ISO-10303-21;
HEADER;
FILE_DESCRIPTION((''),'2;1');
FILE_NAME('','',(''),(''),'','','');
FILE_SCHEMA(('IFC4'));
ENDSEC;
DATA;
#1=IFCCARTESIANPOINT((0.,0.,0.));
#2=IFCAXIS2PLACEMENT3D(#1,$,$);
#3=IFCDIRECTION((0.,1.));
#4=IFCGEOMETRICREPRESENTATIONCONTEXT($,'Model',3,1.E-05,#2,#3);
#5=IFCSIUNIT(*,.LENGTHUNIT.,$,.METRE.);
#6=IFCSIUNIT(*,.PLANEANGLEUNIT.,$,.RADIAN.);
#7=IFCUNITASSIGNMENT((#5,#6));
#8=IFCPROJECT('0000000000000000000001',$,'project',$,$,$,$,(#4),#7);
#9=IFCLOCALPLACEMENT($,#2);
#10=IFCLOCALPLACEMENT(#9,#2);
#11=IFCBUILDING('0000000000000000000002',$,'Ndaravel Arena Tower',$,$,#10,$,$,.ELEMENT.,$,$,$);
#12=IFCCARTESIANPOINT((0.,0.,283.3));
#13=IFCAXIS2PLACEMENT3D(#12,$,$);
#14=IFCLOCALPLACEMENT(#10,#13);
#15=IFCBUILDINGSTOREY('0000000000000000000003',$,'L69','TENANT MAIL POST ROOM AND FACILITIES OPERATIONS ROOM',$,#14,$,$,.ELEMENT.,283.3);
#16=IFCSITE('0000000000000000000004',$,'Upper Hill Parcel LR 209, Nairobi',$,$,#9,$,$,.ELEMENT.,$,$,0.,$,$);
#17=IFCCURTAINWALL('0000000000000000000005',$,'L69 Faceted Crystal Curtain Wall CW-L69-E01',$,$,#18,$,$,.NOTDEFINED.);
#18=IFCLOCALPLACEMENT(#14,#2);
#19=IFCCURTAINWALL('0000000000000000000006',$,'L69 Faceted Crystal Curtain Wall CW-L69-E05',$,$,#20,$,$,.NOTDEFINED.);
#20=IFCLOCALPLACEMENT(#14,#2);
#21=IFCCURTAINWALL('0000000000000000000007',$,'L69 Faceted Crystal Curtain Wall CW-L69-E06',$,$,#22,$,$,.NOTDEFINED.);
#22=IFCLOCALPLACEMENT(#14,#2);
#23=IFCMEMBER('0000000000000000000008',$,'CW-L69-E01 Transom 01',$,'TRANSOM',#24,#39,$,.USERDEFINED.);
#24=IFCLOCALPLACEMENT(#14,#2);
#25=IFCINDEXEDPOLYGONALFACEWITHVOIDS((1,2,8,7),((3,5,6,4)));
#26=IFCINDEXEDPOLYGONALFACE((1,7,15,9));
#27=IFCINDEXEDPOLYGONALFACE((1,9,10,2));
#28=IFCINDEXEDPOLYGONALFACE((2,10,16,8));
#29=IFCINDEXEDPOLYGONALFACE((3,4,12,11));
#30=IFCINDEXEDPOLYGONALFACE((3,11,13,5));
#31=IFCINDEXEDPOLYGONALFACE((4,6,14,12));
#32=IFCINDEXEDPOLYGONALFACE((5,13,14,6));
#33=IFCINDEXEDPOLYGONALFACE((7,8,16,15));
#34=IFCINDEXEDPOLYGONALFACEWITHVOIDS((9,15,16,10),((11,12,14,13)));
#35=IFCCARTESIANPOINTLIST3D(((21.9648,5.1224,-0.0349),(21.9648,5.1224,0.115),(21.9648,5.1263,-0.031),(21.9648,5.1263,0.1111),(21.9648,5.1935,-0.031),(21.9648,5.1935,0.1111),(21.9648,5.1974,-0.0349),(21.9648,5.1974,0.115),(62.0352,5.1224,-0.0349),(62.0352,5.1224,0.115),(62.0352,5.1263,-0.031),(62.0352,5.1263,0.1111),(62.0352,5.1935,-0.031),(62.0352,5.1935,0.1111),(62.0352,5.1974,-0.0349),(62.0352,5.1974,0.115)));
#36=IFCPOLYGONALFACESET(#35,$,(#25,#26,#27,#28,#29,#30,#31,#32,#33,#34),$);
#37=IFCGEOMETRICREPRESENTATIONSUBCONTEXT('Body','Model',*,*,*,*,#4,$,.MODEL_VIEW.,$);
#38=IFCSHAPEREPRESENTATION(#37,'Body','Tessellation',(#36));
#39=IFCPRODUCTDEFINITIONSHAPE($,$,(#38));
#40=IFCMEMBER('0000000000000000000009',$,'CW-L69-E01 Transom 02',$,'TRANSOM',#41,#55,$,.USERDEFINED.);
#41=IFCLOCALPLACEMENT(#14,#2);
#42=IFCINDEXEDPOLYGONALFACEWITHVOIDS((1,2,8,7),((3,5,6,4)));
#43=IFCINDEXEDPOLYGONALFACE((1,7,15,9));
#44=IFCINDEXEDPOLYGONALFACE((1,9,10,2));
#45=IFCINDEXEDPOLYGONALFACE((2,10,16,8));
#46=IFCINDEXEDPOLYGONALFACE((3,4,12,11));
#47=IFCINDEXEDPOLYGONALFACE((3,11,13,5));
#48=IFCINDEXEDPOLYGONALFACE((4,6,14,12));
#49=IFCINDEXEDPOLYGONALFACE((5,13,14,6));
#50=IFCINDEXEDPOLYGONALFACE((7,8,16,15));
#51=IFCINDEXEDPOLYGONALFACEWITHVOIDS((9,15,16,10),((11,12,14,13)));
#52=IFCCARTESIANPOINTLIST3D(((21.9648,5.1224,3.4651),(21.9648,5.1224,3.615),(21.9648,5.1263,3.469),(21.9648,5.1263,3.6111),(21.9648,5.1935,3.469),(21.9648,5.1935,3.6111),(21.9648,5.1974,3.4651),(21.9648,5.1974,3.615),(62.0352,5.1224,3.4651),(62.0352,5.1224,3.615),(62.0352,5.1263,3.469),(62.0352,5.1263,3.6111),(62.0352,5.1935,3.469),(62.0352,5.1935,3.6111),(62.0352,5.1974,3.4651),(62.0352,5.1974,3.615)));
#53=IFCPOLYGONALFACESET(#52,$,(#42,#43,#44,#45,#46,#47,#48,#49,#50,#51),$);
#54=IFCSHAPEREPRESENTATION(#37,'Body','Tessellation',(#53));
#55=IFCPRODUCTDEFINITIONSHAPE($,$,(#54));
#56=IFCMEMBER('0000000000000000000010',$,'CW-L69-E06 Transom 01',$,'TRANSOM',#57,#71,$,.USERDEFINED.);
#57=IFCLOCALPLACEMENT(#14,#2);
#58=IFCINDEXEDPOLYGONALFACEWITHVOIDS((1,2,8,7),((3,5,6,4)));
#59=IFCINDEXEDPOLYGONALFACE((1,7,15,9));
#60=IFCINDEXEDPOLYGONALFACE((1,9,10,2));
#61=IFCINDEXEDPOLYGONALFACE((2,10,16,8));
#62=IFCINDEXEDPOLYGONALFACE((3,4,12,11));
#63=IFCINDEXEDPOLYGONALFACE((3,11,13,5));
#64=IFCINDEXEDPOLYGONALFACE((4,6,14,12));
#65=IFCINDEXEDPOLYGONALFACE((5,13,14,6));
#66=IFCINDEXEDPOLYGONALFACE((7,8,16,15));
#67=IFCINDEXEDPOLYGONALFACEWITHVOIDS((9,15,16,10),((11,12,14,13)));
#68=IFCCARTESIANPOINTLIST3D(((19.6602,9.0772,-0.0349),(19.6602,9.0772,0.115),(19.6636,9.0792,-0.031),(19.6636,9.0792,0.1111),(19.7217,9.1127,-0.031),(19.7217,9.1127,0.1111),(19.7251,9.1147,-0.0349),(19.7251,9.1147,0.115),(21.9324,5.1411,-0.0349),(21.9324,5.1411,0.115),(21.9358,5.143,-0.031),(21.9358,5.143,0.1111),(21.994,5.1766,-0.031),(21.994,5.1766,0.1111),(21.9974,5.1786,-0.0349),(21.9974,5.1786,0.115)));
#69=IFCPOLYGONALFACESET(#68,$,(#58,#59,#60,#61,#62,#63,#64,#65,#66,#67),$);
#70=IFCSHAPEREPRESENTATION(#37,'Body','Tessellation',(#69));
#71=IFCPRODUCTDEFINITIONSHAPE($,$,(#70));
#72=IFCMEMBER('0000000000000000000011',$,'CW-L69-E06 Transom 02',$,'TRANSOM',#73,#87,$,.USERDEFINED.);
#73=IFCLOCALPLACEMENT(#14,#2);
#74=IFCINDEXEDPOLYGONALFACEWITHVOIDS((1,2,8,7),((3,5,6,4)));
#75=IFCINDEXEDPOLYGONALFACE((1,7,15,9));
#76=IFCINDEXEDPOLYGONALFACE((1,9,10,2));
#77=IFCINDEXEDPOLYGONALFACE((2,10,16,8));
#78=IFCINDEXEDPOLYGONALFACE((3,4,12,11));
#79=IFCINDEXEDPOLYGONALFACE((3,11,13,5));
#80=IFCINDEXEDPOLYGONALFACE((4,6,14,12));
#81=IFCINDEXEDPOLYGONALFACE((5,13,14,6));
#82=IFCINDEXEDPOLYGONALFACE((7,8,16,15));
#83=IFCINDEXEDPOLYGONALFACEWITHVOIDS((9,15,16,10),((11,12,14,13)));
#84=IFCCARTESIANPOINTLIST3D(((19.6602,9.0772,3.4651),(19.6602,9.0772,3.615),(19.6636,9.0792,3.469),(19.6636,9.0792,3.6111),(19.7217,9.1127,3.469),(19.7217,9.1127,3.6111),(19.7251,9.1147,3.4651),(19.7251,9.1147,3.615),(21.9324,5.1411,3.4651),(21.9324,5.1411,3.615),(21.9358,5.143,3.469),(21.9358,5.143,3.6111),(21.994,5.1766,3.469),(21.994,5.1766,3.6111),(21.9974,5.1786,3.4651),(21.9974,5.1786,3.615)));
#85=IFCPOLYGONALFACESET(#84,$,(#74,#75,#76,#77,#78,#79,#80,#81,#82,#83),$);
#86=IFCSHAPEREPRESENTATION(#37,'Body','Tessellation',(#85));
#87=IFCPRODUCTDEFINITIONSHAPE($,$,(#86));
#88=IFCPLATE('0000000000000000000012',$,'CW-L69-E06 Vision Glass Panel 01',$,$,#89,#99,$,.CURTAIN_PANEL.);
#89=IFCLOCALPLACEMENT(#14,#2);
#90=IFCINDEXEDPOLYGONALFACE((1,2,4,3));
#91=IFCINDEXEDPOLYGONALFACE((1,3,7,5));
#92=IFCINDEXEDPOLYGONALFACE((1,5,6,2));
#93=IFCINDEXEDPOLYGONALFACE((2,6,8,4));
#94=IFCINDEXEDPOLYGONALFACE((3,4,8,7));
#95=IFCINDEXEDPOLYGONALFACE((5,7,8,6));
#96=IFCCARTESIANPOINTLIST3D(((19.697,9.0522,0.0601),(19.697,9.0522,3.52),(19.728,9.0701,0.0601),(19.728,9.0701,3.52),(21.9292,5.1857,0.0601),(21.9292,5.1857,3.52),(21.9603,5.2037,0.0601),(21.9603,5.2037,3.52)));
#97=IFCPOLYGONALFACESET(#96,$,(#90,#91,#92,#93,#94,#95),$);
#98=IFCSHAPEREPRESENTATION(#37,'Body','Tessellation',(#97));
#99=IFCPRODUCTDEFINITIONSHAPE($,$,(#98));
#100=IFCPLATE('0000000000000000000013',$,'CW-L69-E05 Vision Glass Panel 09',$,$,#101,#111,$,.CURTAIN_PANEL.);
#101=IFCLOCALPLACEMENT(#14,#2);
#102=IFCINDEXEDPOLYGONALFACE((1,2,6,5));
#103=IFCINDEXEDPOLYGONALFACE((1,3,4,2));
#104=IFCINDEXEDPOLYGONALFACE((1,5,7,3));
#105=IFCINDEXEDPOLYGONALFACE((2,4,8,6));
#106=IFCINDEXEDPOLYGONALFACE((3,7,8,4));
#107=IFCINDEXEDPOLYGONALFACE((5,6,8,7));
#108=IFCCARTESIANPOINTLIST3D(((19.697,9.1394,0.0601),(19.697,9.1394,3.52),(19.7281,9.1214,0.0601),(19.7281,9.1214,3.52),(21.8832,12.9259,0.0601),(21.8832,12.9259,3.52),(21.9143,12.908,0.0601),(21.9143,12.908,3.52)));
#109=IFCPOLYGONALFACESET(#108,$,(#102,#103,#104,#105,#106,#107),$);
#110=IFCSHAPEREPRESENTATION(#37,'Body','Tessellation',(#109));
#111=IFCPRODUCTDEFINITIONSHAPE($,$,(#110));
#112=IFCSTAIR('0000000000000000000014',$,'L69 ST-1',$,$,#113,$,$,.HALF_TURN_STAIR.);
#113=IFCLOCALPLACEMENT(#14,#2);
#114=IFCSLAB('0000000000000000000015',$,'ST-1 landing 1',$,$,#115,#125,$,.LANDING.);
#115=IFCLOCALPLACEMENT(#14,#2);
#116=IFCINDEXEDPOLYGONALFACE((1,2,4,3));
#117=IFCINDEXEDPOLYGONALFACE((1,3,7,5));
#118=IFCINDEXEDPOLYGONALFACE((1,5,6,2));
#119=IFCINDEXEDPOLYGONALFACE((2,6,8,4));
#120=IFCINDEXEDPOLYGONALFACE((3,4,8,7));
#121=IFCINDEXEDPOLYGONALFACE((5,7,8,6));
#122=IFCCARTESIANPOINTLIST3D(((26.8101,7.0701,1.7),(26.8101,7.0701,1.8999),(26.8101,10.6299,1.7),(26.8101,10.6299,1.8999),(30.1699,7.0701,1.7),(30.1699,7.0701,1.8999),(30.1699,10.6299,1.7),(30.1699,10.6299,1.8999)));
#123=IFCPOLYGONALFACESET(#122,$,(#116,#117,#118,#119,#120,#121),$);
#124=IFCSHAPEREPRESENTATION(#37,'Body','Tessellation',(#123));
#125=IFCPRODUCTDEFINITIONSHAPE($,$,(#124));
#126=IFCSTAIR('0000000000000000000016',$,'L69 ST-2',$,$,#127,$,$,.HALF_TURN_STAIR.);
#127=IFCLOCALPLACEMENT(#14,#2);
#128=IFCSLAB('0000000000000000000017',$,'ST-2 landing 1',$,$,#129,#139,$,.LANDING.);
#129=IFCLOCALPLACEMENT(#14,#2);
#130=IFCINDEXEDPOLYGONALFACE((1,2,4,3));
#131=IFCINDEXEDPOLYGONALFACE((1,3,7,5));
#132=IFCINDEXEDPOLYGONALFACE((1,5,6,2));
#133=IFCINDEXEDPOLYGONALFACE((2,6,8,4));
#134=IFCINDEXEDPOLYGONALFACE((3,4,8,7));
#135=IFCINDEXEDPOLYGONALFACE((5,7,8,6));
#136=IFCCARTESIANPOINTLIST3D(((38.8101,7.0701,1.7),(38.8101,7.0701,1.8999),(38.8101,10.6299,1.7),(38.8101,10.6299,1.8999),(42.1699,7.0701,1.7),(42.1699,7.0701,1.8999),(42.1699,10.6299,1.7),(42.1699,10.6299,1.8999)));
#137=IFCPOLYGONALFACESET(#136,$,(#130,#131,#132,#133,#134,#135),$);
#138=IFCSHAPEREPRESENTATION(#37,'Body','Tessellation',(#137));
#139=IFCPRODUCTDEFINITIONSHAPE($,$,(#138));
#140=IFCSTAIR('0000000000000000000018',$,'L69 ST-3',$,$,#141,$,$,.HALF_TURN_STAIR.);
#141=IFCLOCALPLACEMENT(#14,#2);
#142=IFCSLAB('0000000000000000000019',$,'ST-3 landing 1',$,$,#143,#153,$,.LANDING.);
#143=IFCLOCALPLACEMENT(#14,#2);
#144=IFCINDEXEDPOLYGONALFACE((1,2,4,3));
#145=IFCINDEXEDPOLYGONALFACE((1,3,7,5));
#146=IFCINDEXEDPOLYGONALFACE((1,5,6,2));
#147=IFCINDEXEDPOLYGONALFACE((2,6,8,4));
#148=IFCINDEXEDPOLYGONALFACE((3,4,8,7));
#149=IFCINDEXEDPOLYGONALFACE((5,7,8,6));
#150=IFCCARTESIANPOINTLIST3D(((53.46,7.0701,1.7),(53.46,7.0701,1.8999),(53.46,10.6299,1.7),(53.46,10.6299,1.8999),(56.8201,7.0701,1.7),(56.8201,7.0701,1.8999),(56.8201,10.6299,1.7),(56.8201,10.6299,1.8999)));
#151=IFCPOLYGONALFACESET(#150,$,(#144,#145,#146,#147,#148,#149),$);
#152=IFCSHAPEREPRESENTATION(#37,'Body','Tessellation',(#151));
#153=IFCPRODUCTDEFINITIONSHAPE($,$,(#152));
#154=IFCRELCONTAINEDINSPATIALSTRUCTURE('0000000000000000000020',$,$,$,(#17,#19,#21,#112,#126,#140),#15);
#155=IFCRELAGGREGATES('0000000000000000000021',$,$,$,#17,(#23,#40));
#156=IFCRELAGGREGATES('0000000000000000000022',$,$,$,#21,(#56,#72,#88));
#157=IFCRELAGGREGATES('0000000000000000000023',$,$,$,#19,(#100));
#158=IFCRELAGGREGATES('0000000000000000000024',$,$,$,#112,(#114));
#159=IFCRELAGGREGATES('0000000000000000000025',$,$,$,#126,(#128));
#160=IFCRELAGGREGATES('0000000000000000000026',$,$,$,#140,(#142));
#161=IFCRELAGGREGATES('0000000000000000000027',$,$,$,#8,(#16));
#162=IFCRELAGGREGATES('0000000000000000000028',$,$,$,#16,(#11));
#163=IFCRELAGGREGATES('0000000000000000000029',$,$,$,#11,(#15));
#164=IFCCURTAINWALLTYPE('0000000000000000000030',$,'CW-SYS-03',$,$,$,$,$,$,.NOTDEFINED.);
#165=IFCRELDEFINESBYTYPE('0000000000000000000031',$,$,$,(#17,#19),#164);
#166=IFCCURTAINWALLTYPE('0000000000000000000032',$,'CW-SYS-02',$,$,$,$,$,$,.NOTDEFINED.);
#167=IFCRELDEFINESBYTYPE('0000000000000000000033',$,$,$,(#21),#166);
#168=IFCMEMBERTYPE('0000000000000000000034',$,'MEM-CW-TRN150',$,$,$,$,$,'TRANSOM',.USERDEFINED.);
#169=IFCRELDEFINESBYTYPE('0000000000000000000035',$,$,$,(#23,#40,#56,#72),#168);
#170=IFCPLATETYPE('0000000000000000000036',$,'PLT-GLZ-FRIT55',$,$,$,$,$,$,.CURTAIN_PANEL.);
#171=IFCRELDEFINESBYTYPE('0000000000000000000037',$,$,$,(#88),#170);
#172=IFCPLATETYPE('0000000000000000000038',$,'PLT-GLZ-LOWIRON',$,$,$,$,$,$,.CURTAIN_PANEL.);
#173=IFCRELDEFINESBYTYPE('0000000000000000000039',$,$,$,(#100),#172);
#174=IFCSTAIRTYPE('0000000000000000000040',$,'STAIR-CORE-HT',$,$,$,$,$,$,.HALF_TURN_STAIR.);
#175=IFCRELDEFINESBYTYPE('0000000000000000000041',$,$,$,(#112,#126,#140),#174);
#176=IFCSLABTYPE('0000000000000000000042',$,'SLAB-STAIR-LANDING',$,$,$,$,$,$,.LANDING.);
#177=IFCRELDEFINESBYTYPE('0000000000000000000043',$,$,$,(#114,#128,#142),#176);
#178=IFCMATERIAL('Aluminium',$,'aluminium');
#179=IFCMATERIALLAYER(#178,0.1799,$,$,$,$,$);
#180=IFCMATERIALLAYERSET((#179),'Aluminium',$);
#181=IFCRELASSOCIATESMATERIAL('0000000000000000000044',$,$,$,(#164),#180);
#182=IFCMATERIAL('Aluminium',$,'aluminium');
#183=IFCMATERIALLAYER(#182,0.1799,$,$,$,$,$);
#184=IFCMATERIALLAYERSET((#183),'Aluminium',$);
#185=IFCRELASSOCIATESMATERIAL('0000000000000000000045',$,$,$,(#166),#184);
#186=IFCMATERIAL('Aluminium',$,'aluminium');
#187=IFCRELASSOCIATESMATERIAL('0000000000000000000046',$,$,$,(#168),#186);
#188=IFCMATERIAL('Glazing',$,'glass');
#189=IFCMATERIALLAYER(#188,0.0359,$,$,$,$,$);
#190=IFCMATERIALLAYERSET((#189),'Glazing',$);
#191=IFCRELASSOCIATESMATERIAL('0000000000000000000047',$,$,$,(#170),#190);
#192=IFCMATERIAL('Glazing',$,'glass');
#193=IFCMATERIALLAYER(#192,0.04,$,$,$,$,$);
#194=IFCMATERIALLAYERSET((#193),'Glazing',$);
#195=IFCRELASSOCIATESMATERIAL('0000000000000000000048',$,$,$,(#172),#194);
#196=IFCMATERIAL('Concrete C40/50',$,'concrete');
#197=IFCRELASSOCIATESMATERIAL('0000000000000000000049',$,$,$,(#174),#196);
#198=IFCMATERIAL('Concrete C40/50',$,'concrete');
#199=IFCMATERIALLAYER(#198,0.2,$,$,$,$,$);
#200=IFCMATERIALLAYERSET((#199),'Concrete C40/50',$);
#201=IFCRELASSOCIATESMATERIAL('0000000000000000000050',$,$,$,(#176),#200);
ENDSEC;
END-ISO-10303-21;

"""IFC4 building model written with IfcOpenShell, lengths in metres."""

from ifc_helpers import new_model, si_unit, direction, frame, origin, origin_2d, place, context, subcontext, project, spatial, polyline, rectangle, hollow_rectangle, outline, extrude, material, layer, layer_set, material_profile, profile_set, type_object, element, aggregate, save


model = new_model("IFC4")

# Units and contexts
model_context = context("Model", 3, precision=1e-05, world=origin(), true_north=direction((0.0, 1.0)))
body_context = subcontext(model_context, "Body", "Model", "MODEL_VIEW")
ifc_project = project(units=[si_unit("LENGTHUNIT", "METRE"), si_unit("PLANEANGLEUNIT", "RADIAN")], contexts=[model_context])

# Site, building, storey
site_placement = place(None, origin())
site = spatial("IfcSite", under=ifc_project, at=site_placement, Name="Upper Hill Parcel LR 209, Nairobi", CompositionType="ELEMENT", RefElevation=0.0)
building_placement = place(site_placement, origin())
building = spatial("IfcBuilding", under=site, at=building_placement, Name="Ndaravel Arena Tower", CompositionType="ELEMENT")
storey_placement = place(building_placement, frame((0.0, 0.0, 283.3)))
storey = spatial("IfcBuildingStorey", under=building, at=storey_placement, Name="L69", Description="TENANT MAIL POST ROOM AND FACILITIES OPERATIONS ROOM", CompositionType="ELEMENT", Elevation=283.3)

# Curtain walls
ifc_material_1 = material(Name="Aluminium", Category="aluminium")
ifc_layer_1 = layer(ifc_material_1, 0.1799)
ifc_layer_set_1 = layer_set([ifc_layer_1], Name="Aluminium")
curtain_wall_type_1 = type_object("IfcCurtainWallType", Name="CW-SYS-03", PredefinedType="NOTDEFINED", material=ifc_layer_set_1)
curtain_wall_1_placement = place(storey_placement, origin())
curtain_wall_1 = element("IfcCurtainWall", 1, at=curtain_wall_1_placement, inside=storey, type_object=curtain_wall_type_1, Name="L69 Faceted Crystal Curtain Wall CW-L69-E01", PredefinedType="NOTDEFINED")
curtain_wall_2_placement = place(storey_placement, origin())
curtain_wall_2 = element("IfcCurtainWall", 2, at=curtain_wall_2_placement, inside=storey, type_object=curtain_wall_type_1, Name="L69 Faceted Crystal Curtain Wall CW-L69-E05", PredefinedType="NOTDEFINED")
ifc_material_2 = material(Name="Aluminium", Category="aluminium")
ifc_layer_2 = layer(ifc_material_2, 0.1799)
ifc_layer_set_2 = layer_set([ifc_layer_2], Name="Aluminium")
curtain_wall_type_2 = type_object("IfcCurtainWallType", Name="CW-SYS-02", PredefinedType="NOTDEFINED", material=ifc_layer_set_2)
curtain_wall_3_placement = place(storey_placement, origin())
curtain_wall_3 = element("IfcCurtainWall", 3, at=curtain_wall_3_placement, inside=storey, type_object=curtain_wall_type_2, Name="L69 Faceted Crystal Curtain Wall CW-L69-E06", PredefinedType="NOTDEFINED")

# Members
ifc_material_3 = material(Name="Aluminium", Category="aluminium")
ifc_material_profile_1 = material_profile(ifc_material_3, hollow_rectangle(XDim=0.075, YDim=0.1499, WallThickness=0.0039, at=origin_2d()), Name="CW TRANSOM 75x150x4")
ifc_profile_set_1 = profile_set([ifc_material_profile_1], Name="Aluminium")
member_type_1 = type_object("IfcMemberType", Name="MEM-CW-TRN150", ElementType="TRANSOM", PredefinedType="USERDEFINED", material=ifc_profile_set_1)
member_1_placement = place(storey_placement, frame((21.9648, 5.1599, 0.04), z_axis=(1.0, 0.0, 0.0), x_axis=(0.0, 1.0, 0.0)))
member_1 = element("IfcMember", 4, at=member_1_placement, type_object=member_type_1, Name="CW-L69-E01 Transom 01", ObjectType="TRANSOM", PredefinedType="USERDEFINED", context=body_context, shape_type="SweptSolid", body=[
    extrude(hollow_rectangle(XDim=0.075, YDim=0.1499, WallThickness=0.0039, at=origin_2d()), origin(), (0.0, 0.0, 1.0), 40.0703),
])
member_2_placement = place(storey_placement, frame((21.9648, 5.1599, 3.54), z_axis=(1.0, 0.0, 0.0), x_axis=(0.0, 1.0, 0.0)))
member_2 = element("IfcMember", 5, at=member_2_placement, type_object=member_type_1, Name="CW-L69-E01 Transom 02", ObjectType="TRANSOM", PredefinedType="USERDEFINED", context=body_context, shape_type="SweptSolid", body=[
    extrude(hollow_rectangle(XDim=0.075, YDim=0.1499, WallThickness=0.0039, at=origin_2d()), origin(), (0.0, 0.0, 1.0), 40.0703),
])
aggregate(curtain_wall_1, [member_1, member_2])
member_3_placement = place(storey_placement, frame((19.6926, 9.0959, 0.04), z_axis=(0.499958, -0.86605, 0.0), x_axis=(0.86605, 0.499958, 0.0)))
member_3 = element("IfcMember", 6, at=member_3_placement, type_object=member_type_1, Name="CW-L69-E06 Transom 01", ObjectType="TRANSOM", PredefinedType="USERDEFINED", context=body_context, shape_type="SweptSolid", body=[
    extrude(hollow_rectangle(XDim=0.075, YDim=0.1499, WallThickness=0.0039, at=origin_2d()), origin(), (0.0, 0.0, 1.0), 4.5449),
])
member_4_placement = place(storey_placement, frame((19.6926, 9.0959, 3.54), z_axis=(0.499958, -0.86605, 0.0), x_axis=(0.86605, 0.499958, 0.0)))
member_4 = element("IfcMember", 7, at=member_4_placement, type_object=member_type_1, Name="CW-L69-E06 Transom 02", ObjectType="TRANSOM", PredefinedType="USERDEFINED", context=body_context, shape_type="SweptSolid", body=[
    extrude(hollow_rectangle(XDim=0.075, YDim=0.1499, WallThickness=0.0039, at=origin_2d()), origin(), (0.0, 0.0, 1.0), 4.5449),
])

# Plates
ifc_material_4 = material(Name="Glazing", Category="glass")
ifc_layer_3 = layer(ifc_material_4, 0.0359)
ifc_layer_set_3 = layer_set([ifc_layer_3], Name="Glazing")
plate_type_1 = type_object("IfcPlateType", Name="PLT-GLZ-FRIT55", PredefinedType="CURTAIN_PANEL", material=ifc_layer_set_3)
plate_1_placement = place(storey_placement, frame((20.8286, 7.1279, 0.0601), z_axis=(0.0, 0.0, 1.0), x_axis=(0.499985, -0.866034, 0.0)))
plate_1 = element("IfcPlate", 8, at=plate_1_placement, type_object=plate_type_1, Name="CW-L69-E06 Vision Glass Panel 01", PredefinedType="CURTAIN_PANEL", context=body_context, shape_type="SweptSolid", body=[
    extrude(rectangle(XDim=4.4646, YDim=0.0359, at=origin_2d()), origin(), (0.0, 0.0, 1.0), 3.46),
])
aggregate(curtain_wall_3, [member_3, member_4, plate_1])
ifc_material_5 = material(Name="Glazing", Category="glass")
ifc_layer_4 = layer(ifc_material_5, 0.04)
ifc_layer_set_4 = layer_set([ifc_layer_4], Name="Glazing")
plate_type_2 = type_object("IfcPlateType", Name="PLT-GLZ-LOWIRON", PredefinedType="CURTAIN_PANEL", material=ifc_layer_set_4)
plate_2_placement = place(storey_placement, frame((20.8057, 11.0237, 0.0601), z_axis=(0.0, 0.0, 1.0), x_axis=(-0.5, -0.866025, 0.0)))
plate_2 = element("IfcPlate", 9, at=plate_2_placement, type_object=plate_type_2, Name="CW-L69-E05 Vision Glass Panel 09", PredefinedType="CURTAIN_PANEL", context=body_context, shape_type="SweptSolid", body=[
    extrude(rectangle(XDim=4.3723, YDim=0.0359, at=origin_2d()), origin(), (0.0, 0.0, 1.0), 3.46),
])
aggregate(curtain_wall_2, [plate_2])

# Stairs, slabs
ifc_material_6 = material(Name="Concrete C40/50", Category="concrete")
stair_type = type_object("IfcStairType", Name="STAIR-CORE-HT", PredefinedType="HALF_TURN_STAIR", material=ifc_material_6)
stair_1_placement = place(storey_placement, origin())
stair_1 = element("IfcStair", 10, at=stair_1_placement, inside=storey, type_object=stair_type, Name="L69 ST-1", PredefinedType="HALF_TURN_STAIR")
ifc_material_7 = material(Name="Concrete C40/50", Category="concrete")
ifc_layer_5 = layer(ifc_material_7, 0.2)
ifc_layer_set_5 = layer_set([ifc_layer_5], Name="Concrete C40/50")
slab_type_1 = type_object("IfcSlabType", Name="SLAB-STAIR-LANDING", PredefinedType="LANDING", material=ifc_layer_set_5)
slab_1_placement = place(storey_placement, frame((0.0, 0.0, 1.7)))
slab_1 = element("IfcSlab", 11, at=slab_1_placement, type_object=slab_type_1, Name="ST-1 landing 1", PredefinedType="LANDING", context=body_context, shape_type="SweptSolid", body=[
    extrude(outline(polyline([(26.8101, 10.6299), (26.8101, 7.0701), (30.1699, 7.0701), (30.1699, 10.6299), (26.8101, 10.6299)])), origin(), (0.0, 0.0, 1.0), 0.2),
])
aggregate(stair_1, [slab_1])
stair_2_placement = place(storey_placement, origin())
stair_2 = element("IfcStair", 12, at=stair_2_placement, inside=storey, type_object=stair_type, Name="L69 ST-2", PredefinedType="HALF_TURN_STAIR")
slab_2_placement = place(storey_placement, frame((0.0, 0.0, 1.7)))
slab_2 = element("IfcSlab", 13, at=slab_2_placement, type_object=slab_type_1, Name="ST-2 landing 1", PredefinedType="LANDING", context=body_context, shape_type="SweptSolid", body=[
    extrude(outline(polyline([(38.8101, 10.6299), (38.8101, 7.0701), (42.1699, 7.0701), (42.1699, 10.6299), (38.8101, 10.6299)])), origin(), (0.0, 0.0, 1.0), 0.2),
])
aggregate(stair_2, [slab_2])
stair_3_placement = place(storey_placement, origin())
stair_3 = element("IfcStair", 14, at=stair_3_placement, inside=storey, type_object=stair_type, Name="L69 ST-3", PredefinedType="HALF_TURN_STAIR")
slab_3_placement = place(storey_placement, frame((0.0, 0.0, 1.7)))
slab_3 = element("IfcSlab", 15, at=slab_3_placement, type_object=slab_type_1, Name="ST-3 landing 1", PredefinedType="LANDING", context=body_context, shape_type="SweptSolid", body=[
    extrude(outline(polyline([(53.46, 10.6299), (53.46, 7.0701), (56.8201, 7.0701), (56.8201, 10.6299), (53.46, 10.6299)])), origin(), (0.0, 0.0, 1.0), 0.2),
])
aggregate(stair_3, [slab_3])

save(model, "model.ifc")
